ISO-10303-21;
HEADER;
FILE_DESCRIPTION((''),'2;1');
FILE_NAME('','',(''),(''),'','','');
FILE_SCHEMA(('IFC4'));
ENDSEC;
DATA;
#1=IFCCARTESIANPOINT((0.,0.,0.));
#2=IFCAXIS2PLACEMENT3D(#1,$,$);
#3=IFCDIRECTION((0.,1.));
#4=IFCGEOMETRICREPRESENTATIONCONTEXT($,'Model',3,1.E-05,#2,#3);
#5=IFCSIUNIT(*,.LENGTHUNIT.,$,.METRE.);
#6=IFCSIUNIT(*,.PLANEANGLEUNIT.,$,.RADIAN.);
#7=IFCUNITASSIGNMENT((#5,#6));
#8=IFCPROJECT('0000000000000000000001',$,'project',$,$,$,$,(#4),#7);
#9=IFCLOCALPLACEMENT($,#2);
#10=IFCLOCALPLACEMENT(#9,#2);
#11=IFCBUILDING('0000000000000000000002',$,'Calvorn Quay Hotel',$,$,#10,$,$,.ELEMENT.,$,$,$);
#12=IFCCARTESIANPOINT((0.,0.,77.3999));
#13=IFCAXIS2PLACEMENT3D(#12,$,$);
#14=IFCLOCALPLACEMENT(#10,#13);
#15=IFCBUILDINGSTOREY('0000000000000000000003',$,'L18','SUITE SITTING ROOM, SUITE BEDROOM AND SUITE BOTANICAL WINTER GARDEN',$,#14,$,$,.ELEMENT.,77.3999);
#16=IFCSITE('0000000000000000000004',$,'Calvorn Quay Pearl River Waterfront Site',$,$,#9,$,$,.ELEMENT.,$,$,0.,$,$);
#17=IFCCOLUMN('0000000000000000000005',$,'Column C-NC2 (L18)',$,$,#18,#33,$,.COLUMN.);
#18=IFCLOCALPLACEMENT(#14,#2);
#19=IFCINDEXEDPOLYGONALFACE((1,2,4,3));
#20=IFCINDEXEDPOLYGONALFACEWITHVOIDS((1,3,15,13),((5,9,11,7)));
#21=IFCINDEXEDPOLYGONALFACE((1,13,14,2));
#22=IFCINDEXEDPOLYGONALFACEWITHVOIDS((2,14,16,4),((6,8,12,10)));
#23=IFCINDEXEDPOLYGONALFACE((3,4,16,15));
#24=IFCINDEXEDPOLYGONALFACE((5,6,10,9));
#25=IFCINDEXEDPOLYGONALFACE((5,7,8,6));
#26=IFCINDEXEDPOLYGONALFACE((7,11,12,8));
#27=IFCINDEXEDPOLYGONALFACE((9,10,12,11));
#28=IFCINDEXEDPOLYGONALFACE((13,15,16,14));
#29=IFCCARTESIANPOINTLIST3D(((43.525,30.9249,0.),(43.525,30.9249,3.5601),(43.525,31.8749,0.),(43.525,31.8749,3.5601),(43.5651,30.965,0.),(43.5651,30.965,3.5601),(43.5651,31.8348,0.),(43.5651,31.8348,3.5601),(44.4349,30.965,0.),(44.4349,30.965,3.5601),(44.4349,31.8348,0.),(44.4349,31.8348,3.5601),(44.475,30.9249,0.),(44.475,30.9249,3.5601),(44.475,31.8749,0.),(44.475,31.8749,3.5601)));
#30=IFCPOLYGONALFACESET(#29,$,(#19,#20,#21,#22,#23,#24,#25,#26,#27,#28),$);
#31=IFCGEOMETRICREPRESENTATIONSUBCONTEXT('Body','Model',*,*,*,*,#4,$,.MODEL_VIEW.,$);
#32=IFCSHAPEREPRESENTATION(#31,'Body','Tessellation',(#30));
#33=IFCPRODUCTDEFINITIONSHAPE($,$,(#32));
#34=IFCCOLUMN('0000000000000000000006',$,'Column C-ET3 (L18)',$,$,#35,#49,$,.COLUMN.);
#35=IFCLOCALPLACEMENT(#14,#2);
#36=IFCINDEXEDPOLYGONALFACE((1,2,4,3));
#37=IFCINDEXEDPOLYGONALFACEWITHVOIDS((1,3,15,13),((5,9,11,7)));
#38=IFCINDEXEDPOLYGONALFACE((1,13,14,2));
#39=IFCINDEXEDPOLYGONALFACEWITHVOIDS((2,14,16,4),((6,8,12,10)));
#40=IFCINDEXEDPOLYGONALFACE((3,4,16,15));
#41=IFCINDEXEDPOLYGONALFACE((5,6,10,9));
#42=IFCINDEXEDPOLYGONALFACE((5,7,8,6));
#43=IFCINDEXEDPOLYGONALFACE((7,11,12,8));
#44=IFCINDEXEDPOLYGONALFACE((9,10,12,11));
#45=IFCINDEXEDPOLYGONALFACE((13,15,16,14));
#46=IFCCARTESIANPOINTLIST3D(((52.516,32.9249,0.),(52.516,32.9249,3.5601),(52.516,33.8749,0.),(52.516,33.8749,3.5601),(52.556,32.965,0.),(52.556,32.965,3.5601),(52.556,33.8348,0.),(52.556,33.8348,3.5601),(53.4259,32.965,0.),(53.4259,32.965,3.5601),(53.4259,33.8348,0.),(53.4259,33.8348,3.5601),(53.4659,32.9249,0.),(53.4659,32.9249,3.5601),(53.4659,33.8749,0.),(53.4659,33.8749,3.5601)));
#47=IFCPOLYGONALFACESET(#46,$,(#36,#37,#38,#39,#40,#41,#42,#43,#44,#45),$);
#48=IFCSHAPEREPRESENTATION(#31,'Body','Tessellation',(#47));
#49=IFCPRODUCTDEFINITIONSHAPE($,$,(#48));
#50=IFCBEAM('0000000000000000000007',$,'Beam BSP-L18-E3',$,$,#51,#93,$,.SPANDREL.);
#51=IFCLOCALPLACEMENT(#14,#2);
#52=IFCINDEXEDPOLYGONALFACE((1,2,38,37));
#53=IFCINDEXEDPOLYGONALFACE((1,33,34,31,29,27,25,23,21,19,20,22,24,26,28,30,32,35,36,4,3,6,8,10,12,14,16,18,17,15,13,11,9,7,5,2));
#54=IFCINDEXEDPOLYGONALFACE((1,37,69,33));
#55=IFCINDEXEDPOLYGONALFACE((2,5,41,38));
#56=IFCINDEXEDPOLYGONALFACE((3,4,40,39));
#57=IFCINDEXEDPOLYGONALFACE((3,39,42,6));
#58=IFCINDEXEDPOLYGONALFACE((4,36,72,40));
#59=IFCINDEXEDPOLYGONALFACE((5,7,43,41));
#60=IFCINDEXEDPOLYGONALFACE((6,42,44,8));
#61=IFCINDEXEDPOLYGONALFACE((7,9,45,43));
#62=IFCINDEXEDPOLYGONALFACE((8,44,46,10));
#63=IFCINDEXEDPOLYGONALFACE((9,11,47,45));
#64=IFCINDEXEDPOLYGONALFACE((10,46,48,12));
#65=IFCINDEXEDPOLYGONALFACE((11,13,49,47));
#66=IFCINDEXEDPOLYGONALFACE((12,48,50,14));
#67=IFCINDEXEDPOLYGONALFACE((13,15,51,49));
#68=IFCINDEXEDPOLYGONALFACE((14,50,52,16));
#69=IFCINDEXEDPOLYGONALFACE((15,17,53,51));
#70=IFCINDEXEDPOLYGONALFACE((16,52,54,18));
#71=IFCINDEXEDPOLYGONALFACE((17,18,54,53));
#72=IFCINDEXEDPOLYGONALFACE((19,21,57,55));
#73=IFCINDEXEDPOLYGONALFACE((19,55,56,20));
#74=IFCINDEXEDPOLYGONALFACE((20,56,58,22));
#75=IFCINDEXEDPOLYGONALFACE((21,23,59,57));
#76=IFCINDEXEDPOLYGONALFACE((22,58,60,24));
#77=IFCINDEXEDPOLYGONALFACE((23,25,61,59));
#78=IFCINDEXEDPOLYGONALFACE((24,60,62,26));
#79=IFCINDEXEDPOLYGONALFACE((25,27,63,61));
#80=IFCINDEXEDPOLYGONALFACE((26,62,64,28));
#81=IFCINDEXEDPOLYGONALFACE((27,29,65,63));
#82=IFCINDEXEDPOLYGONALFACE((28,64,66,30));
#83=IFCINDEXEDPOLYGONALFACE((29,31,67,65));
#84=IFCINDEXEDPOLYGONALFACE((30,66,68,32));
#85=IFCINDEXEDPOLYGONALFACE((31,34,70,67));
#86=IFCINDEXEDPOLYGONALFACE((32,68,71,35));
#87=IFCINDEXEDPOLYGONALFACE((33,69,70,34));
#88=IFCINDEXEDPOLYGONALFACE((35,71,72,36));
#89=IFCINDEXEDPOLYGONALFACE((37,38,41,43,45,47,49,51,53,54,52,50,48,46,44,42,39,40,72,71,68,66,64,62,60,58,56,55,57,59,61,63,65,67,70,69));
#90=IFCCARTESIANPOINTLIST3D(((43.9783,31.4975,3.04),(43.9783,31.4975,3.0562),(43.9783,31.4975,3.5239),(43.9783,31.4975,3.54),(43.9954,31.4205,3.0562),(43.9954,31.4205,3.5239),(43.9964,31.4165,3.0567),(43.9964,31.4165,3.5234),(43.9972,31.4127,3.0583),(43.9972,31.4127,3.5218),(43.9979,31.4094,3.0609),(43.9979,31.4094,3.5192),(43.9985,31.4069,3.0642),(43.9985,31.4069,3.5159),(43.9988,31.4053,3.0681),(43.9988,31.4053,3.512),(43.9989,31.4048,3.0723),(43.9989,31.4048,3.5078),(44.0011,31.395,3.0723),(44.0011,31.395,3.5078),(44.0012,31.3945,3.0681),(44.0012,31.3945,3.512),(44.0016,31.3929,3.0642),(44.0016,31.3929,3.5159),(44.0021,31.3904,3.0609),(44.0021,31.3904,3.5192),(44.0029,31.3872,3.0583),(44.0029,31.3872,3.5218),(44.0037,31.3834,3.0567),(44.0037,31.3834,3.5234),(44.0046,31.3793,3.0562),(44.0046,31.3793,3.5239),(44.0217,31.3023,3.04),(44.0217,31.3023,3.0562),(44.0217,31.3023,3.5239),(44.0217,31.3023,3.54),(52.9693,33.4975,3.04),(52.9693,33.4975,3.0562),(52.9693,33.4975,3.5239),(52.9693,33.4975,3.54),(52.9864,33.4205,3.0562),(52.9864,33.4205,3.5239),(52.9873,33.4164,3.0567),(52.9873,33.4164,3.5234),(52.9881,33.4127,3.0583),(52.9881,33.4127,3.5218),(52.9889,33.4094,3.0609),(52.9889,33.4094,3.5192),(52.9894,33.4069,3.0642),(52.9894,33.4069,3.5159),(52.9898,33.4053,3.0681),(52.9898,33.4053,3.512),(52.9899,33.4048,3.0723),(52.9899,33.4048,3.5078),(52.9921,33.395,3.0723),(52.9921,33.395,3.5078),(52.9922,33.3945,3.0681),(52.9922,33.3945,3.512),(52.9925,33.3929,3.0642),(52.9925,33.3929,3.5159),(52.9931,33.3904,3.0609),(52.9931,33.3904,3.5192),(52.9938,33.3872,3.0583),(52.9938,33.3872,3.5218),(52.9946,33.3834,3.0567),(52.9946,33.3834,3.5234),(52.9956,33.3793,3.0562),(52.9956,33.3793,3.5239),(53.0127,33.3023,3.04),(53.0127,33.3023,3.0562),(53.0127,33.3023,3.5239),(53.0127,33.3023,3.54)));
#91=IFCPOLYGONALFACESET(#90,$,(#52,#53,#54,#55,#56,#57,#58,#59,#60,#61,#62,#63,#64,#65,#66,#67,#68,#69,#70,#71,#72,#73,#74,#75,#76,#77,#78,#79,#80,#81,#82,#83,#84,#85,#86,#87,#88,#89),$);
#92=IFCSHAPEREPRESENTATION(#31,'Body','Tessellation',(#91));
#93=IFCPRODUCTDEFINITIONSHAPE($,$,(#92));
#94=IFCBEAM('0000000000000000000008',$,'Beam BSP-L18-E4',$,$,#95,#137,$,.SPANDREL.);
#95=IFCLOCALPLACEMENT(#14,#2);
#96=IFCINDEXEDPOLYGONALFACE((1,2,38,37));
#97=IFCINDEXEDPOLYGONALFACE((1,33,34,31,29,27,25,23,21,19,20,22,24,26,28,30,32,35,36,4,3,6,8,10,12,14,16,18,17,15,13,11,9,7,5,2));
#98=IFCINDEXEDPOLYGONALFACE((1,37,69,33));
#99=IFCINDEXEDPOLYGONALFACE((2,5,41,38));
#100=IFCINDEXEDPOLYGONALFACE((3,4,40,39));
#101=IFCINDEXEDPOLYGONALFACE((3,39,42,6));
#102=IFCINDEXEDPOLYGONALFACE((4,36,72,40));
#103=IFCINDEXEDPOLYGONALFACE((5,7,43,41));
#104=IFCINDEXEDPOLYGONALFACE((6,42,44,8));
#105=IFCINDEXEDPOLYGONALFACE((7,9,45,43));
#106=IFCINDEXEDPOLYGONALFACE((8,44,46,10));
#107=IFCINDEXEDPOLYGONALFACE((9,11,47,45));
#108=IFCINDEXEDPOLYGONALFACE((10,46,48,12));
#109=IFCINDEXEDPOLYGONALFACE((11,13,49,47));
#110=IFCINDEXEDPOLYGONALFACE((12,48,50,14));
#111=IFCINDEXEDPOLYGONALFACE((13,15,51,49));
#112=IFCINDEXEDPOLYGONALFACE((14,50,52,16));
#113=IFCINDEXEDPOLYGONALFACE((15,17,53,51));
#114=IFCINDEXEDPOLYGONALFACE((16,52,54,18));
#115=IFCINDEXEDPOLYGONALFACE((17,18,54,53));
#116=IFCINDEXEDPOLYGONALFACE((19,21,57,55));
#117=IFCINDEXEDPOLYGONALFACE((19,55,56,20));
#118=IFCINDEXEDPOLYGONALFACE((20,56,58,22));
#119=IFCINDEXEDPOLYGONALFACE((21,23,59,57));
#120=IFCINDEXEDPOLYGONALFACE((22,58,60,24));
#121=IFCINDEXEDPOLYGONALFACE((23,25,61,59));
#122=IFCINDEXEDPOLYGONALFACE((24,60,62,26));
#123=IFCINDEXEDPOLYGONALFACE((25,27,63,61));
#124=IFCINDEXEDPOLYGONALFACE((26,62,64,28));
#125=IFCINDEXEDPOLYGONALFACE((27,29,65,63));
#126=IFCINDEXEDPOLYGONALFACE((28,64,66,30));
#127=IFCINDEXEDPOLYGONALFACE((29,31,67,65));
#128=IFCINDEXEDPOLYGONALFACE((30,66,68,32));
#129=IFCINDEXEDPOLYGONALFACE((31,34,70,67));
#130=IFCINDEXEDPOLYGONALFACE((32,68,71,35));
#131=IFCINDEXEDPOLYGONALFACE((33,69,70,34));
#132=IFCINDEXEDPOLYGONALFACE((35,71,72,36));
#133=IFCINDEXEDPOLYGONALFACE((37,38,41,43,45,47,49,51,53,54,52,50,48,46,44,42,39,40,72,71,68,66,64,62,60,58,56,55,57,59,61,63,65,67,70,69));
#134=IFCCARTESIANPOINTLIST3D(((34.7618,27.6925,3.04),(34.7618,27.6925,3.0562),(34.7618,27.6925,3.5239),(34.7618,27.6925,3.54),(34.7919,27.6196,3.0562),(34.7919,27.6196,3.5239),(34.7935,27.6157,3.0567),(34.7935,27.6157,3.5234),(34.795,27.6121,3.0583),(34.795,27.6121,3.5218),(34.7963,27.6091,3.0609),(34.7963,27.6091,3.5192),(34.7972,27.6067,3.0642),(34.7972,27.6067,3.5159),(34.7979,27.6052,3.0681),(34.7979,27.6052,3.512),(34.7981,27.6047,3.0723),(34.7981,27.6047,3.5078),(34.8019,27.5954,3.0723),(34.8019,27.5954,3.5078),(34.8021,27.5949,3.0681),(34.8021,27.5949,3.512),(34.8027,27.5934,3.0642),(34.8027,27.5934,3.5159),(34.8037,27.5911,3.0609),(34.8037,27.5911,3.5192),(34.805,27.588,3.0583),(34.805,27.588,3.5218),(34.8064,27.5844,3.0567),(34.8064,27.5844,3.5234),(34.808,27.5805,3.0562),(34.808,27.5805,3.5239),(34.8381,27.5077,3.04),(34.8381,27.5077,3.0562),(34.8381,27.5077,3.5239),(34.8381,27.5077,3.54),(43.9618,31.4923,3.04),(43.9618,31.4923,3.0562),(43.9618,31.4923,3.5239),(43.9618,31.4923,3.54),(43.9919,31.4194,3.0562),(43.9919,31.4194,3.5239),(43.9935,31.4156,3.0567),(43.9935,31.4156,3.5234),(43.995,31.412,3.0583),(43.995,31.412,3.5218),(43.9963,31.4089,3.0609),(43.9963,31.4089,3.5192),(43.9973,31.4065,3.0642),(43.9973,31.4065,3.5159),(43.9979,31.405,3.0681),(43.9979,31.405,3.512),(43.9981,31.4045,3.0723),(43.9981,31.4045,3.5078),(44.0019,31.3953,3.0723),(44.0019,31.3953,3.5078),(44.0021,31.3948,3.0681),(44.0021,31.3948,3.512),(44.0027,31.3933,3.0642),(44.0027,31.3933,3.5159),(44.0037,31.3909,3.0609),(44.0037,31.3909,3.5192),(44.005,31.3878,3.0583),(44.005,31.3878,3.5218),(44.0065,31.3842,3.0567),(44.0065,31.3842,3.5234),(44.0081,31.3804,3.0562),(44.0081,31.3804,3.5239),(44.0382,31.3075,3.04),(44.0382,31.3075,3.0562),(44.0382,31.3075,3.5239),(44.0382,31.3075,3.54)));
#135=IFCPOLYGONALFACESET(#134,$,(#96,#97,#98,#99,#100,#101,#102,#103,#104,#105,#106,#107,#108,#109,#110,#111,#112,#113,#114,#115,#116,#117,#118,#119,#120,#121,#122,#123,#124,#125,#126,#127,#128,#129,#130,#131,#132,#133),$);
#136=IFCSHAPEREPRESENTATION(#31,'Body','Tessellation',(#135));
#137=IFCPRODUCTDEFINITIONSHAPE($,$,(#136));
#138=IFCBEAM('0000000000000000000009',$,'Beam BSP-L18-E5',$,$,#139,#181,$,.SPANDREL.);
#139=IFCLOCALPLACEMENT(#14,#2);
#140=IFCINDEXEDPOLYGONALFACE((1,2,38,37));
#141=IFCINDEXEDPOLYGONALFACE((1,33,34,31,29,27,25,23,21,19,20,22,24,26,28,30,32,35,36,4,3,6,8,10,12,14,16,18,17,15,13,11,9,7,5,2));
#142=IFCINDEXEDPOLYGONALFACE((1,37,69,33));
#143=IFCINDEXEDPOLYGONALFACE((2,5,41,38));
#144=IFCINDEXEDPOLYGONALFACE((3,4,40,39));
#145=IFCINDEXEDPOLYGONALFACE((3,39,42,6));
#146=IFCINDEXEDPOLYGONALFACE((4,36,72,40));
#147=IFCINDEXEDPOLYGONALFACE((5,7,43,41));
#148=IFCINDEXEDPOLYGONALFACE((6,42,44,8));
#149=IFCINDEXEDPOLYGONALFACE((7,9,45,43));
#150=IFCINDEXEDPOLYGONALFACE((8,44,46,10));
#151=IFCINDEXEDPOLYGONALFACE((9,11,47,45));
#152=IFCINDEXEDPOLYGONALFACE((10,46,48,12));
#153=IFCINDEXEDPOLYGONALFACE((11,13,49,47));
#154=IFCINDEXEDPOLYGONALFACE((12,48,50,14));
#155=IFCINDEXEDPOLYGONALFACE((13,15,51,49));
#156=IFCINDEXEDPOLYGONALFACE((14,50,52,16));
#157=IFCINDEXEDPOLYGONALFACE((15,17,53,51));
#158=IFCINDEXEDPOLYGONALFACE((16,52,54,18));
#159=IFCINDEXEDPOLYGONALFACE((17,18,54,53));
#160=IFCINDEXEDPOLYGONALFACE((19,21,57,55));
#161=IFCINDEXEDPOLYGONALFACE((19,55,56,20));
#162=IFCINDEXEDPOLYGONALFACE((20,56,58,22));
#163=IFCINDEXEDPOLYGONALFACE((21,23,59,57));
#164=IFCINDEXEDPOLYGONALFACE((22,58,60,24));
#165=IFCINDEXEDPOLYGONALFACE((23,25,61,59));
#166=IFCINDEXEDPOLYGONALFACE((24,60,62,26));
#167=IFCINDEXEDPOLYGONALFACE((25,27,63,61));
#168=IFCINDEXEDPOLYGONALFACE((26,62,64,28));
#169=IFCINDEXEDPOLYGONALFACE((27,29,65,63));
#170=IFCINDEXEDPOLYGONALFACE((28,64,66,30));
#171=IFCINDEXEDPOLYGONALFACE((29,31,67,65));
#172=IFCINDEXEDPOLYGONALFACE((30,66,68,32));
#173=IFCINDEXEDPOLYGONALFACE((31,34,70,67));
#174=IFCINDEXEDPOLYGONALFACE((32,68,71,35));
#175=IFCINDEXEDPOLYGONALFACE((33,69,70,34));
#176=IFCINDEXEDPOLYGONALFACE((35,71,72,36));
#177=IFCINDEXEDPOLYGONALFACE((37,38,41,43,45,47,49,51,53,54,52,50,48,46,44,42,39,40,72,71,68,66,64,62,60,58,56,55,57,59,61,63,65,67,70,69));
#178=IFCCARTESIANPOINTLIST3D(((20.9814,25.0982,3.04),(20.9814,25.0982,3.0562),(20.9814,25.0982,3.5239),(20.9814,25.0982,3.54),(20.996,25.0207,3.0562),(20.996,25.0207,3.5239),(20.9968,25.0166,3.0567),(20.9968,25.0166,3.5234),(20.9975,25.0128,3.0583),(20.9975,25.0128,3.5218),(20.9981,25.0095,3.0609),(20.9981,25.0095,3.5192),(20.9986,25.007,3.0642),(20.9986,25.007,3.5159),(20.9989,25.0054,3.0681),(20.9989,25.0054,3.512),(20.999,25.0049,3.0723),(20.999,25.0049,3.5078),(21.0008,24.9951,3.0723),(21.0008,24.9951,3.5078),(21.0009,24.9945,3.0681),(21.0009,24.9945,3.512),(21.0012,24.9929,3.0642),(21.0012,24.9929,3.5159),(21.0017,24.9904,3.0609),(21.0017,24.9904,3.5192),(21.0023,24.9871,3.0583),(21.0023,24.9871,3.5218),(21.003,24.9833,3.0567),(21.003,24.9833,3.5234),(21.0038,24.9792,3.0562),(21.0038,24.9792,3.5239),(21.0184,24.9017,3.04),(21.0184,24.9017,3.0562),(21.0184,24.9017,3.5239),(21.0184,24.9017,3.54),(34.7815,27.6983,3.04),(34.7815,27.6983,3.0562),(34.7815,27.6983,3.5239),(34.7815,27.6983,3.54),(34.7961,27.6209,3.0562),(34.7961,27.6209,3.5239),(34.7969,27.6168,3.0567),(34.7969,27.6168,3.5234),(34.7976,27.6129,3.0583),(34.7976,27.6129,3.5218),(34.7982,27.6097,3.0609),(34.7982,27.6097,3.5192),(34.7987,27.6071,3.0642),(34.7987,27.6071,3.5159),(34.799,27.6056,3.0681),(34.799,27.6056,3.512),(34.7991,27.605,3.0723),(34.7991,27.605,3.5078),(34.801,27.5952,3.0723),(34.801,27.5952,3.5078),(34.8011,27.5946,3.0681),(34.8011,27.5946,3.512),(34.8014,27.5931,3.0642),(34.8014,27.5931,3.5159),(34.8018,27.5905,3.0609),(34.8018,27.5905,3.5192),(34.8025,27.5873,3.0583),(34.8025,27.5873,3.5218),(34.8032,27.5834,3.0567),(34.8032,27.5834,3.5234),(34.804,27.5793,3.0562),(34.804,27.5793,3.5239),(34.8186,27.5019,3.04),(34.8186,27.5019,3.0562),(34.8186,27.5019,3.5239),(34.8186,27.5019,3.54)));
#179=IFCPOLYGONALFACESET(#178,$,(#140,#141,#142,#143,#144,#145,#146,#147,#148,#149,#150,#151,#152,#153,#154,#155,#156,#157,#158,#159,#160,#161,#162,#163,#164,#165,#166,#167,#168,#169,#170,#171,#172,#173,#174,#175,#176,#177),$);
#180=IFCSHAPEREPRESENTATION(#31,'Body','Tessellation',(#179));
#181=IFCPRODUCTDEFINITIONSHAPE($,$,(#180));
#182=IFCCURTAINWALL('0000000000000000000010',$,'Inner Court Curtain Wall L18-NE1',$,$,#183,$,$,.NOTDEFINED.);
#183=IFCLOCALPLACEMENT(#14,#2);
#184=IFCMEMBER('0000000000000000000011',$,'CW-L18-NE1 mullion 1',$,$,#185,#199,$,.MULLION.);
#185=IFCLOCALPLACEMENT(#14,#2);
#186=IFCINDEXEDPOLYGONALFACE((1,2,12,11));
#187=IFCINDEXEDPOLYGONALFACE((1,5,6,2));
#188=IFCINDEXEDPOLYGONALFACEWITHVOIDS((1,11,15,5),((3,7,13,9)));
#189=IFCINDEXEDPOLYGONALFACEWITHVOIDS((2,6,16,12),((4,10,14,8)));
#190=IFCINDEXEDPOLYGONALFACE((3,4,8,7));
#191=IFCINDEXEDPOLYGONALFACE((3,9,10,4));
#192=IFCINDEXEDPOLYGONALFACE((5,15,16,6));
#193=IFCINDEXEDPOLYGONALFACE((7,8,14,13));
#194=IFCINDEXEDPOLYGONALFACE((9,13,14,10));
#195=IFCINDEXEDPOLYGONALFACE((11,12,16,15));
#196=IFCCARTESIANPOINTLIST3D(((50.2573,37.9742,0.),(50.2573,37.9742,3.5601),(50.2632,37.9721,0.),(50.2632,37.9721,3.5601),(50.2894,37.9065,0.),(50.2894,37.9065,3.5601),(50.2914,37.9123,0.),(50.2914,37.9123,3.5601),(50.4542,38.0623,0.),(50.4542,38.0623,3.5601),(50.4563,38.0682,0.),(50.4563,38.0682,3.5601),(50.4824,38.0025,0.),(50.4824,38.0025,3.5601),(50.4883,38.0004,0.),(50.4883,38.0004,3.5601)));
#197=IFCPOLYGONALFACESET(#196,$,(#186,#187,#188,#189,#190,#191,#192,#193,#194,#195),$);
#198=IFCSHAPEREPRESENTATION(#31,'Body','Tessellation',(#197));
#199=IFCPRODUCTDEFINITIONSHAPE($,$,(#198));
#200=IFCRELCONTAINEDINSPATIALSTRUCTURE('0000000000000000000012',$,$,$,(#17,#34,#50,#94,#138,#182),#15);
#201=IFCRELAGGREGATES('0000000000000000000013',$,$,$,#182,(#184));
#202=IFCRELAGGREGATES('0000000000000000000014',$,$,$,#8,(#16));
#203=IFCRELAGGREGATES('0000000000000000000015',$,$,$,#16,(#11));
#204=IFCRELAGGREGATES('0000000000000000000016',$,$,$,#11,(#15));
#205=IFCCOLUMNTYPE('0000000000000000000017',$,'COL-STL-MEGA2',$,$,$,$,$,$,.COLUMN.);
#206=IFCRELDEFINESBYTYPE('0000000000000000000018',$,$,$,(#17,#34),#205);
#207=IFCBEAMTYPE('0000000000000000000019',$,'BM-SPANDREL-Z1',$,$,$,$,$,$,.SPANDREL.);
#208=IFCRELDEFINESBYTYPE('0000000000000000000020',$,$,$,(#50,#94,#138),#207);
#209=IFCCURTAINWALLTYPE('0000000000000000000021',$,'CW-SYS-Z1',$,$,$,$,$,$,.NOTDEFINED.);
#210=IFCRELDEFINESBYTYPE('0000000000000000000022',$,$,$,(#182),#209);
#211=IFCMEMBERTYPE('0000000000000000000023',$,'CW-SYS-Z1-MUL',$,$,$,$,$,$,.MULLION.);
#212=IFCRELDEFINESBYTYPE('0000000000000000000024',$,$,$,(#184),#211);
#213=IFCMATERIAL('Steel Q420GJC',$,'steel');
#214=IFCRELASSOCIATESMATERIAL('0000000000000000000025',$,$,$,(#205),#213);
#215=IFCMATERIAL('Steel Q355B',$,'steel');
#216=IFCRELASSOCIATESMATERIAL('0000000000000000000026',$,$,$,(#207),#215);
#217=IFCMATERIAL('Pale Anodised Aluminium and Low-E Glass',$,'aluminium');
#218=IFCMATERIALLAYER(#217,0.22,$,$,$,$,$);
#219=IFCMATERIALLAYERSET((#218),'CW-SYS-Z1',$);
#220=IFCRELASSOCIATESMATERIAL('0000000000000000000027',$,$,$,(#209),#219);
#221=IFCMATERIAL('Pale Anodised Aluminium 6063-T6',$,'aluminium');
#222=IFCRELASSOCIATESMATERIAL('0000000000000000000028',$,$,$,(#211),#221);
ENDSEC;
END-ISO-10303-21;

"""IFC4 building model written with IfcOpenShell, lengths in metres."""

from ifc_helpers import new_model, si_unit, direction, frame, origin, origin_2d, place, context, subcontext, project, spatial, hollow_rectangle, i_section, extrude, material, layer, layer_set, material_profile, profile_set, type_object, element, aggregate, save


model = new_model("IFC4")

# Units and contexts
model_context = context("Model", 3, precision=1e-05, world=origin(), true_north=direction((0.0, 1.0)))
body_context = subcontext(model_context, "Body", "Model", "MODEL_VIEW")
ifc_project = project(units=[si_unit("LENGTHUNIT", "METRE"), si_unit("PLANEANGLEUNIT", "RADIAN")], contexts=[model_context])

# Site, building, storey
site_placement = place(None, origin())
site = spatial("IfcSite", under=ifc_project, at=site_placement, Name="Calvorn Quay Pearl River Waterfront Site", CompositionType="ELEMENT", RefElevation=0.0)
building_placement = place(site_placement, origin())
building = spatial("IfcBuilding", under=site, at=building_placement, Name="Calvorn Quay Hotel", CompositionType="ELEMENT")
storey_placement = place(building_placement, frame((0.0, 0.0, 77.3999)))
storey = spatial("IfcBuildingStorey", under=building, at=storey_placement, Name="L18", Description="SUITE SITTING ROOM, SUITE BEDROOM AND SUITE BOTANICAL WINTER GARDEN", CompositionType="ELEMENT", Elevation=77.3999)

# Columns
ifc_material_1 = material(Name="Steel Q420GJC", Category="steel")
ifc_material_profile_1 = material_profile(ifc_material_1, hollow_rectangle(XDim=0.95, YDim=0.95, WallThickness=0.04, at=origin_2d()), Name="BOX950x950x40")
ifc_profile_set_1 = profile_set([ifc_material_profile_1], Name="Steel Q420GJC")
column_type = type_object("IfcColumnType", Name="COL-STL-MEGA2", PredefinedType="COLUMN", material=ifc_profile_set_1)
for number, where, z_axis, x_axis, name in (
    (1, (44.0, 31.3999, 0.0), (0.0, 0.0, 1.0), (1.0, 0.0, 0.0), "Column C-NC2 (L18)"),
    (2, (52.991, 33.3999, 0.0), (0.0, 0.0, 1.0), (1.0, 0.0, 0.0), "Column C-ET3 (L18)"),
):
    element("IfcColumn", number, at=place(storey_placement, frame(where, z_axis=z_axis, x_axis=x_axis)), inside=storey, type_object=column_type, Name=name, PredefinedType="COLUMN", context=body_context, shape_type="SweptSolid", body=[
        extrude(hollow_rectangle(XDim=0.95, YDim=0.95, WallThickness=0.04, at=origin_2d()), origin(), (0.0, 0.0, 1.0), 3.5601),
    ])

# Beams
ifc_material_2 = material(Name="Steel Q355B", Category="steel")
ifc_material_profile_2 = material_profile(ifc_material_2, i_section(OverallWidth=0.2, OverallDepth=0.5, WebThickness=0.01, FlangeThickness=0.0161, FilletRadius=0.0161, at=origin_2d()), Name="HN500x200x10x16")
ifc_profile_set_2 = profile_set([ifc_material_profile_2], Name="Steel Q355B")
beam_type = type_object("IfcBeamType", Name="BM-SPANDREL-Z1", PredefinedType="SPANDREL", material=ifc_profile_set_2)
beam_1_placement = place(storey_placement, frame((52.991, 33.3999, 3.29), z_axis=(-0.976141, -0.217138, 0.0), x_axis=(0.217138, -0.976141, 0.0)))
element("IfcBeam", 3, at=beam_1_placement, inside=storey, type_object=beam_type, Name="Beam BSP-L18-E3", PredefinedType="SPANDREL", context=body_context, shape_type="SweptSolid", body=[
    extrude(i_section(OverallWidth=0.2, OverallDepth=0.5, WebThickness=0.01, FlangeThickness=0.0161, FilletRadius=0.0161, at=origin_2d()), origin(), (0.0, 0.0, 1.0), 9.2107),
])
beam_2_placement = place(storey_placement, frame((44.0, 31.3999, 3.29), z_axis=(-0.924268, -0.381745, 0.0), x_axis=(0.381745, -0.924268, 0.0)))
element("IfcBeam", 4, at=beam_2_placement, inside=storey, type_object=beam_type, Name="Beam BSP-L18-E4", PredefinedType="SPANDREL", context=body_context, shape_type="SweptSolid", body=[
    extrude(i_section(OverallWidth=0.2, OverallDepth=0.5, WebThickness=0.01, FlangeThickness=0.0161, FilletRadius=0.0161, at=origin_2d()), origin(), (0.0, 0.0, 1.0), 9.9539),
])
beam_3_placement = place(storey_placement, frame((34.8, 27.6001, 3.29), z_axis=(-0.982709, -0.185154, 0.0), x_axis=(0.185154, -0.982709, 0.0)))
element("IfcBeam", 5, at=beam_3_placement, inside=storey, type_object=beam_type, Name="Beam BSP-L18-E5", PredefinedType="SPANDREL", context=body_context, shape_type="SweptSolid", body=[
    extrude(i_section(OverallWidth=0.2, OverallDepth=0.5, WebThickness=0.01, FlangeThickness=0.0161, FilletRadius=0.0161, at=origin_2d()), origin(), (0.0, 0.0, 1.0), 14.043),
])

# Curtain wall, member
ifc_material_3 = material(Name="Pale Anodised Aluminium and Low-E Glass", Category="aluminium")
ifc_layer_1 = layer(ifc_material_3, 0.22)
ifc_layer_set_1 = layer_set([ifc_layer_1], Name="CW-SYS-Z1")
curtain_wall_type = type_object("IfcCurtainWallType", Name="CW-SYS-Z1", PredefinedType="NOTDEFINED", material=ifc_layer_set_1)
curtain_wall_placement = place(storey_placement, origin())
curtain_wall = element("IfcCurtainWall", 6, at=curtain_wall_placement, inside=storey, type_object=curtain_wall_type, Name="Inner Court Curtain Wall L18-NE1", PredefinedType="NOTDEFINED")
ifc_material_4 = material(Name="Pale Anodised Aluminium 6063-T6", Category="aluminium")
ifc_material_profile_3 = material_profile(ifc_material_4, hollow_rectangle(XDim=0.075, YDim=0.22, WallThickness=0.0044, at=origin_2d()), Name="ALU-M220x75x4.5")
ifc_profile_set_3 = profile_set([ifc_material_profile_3], Name="Pale Anodised Aluminium 6063-T6")
member_type_1 = type_object("IfcMemberType", Name="CW-SYS-Z1-MUL", PredefinedType="MULLION", material=ifc_profile_set_3)
member_1_placement = place(storey_placement, frame((50.3728, 37.9873, 0.0), z_axis=(0.0, 0.0, 1.0), x_axis=(0.427006, -0.904249, 0.0)))
member_1 = element("IfcMember", 7, at=member_1_placement, type_object=member_type_1, Name="CW-L18-NE1 mullion 1", PredefinedType="MULLION", context=body_context, shape_type="SweptSolid", body=[
    extrude(hollow_rectangle(XDim=0.075, YDim=0.22, WallThickness=0.0044, at=origin_2d()), origin(), (0.0, 0.0, 1.0), 3.5601),
])
aggregate(curtain_wall, [member_1])

save(model, "model.ifc")
